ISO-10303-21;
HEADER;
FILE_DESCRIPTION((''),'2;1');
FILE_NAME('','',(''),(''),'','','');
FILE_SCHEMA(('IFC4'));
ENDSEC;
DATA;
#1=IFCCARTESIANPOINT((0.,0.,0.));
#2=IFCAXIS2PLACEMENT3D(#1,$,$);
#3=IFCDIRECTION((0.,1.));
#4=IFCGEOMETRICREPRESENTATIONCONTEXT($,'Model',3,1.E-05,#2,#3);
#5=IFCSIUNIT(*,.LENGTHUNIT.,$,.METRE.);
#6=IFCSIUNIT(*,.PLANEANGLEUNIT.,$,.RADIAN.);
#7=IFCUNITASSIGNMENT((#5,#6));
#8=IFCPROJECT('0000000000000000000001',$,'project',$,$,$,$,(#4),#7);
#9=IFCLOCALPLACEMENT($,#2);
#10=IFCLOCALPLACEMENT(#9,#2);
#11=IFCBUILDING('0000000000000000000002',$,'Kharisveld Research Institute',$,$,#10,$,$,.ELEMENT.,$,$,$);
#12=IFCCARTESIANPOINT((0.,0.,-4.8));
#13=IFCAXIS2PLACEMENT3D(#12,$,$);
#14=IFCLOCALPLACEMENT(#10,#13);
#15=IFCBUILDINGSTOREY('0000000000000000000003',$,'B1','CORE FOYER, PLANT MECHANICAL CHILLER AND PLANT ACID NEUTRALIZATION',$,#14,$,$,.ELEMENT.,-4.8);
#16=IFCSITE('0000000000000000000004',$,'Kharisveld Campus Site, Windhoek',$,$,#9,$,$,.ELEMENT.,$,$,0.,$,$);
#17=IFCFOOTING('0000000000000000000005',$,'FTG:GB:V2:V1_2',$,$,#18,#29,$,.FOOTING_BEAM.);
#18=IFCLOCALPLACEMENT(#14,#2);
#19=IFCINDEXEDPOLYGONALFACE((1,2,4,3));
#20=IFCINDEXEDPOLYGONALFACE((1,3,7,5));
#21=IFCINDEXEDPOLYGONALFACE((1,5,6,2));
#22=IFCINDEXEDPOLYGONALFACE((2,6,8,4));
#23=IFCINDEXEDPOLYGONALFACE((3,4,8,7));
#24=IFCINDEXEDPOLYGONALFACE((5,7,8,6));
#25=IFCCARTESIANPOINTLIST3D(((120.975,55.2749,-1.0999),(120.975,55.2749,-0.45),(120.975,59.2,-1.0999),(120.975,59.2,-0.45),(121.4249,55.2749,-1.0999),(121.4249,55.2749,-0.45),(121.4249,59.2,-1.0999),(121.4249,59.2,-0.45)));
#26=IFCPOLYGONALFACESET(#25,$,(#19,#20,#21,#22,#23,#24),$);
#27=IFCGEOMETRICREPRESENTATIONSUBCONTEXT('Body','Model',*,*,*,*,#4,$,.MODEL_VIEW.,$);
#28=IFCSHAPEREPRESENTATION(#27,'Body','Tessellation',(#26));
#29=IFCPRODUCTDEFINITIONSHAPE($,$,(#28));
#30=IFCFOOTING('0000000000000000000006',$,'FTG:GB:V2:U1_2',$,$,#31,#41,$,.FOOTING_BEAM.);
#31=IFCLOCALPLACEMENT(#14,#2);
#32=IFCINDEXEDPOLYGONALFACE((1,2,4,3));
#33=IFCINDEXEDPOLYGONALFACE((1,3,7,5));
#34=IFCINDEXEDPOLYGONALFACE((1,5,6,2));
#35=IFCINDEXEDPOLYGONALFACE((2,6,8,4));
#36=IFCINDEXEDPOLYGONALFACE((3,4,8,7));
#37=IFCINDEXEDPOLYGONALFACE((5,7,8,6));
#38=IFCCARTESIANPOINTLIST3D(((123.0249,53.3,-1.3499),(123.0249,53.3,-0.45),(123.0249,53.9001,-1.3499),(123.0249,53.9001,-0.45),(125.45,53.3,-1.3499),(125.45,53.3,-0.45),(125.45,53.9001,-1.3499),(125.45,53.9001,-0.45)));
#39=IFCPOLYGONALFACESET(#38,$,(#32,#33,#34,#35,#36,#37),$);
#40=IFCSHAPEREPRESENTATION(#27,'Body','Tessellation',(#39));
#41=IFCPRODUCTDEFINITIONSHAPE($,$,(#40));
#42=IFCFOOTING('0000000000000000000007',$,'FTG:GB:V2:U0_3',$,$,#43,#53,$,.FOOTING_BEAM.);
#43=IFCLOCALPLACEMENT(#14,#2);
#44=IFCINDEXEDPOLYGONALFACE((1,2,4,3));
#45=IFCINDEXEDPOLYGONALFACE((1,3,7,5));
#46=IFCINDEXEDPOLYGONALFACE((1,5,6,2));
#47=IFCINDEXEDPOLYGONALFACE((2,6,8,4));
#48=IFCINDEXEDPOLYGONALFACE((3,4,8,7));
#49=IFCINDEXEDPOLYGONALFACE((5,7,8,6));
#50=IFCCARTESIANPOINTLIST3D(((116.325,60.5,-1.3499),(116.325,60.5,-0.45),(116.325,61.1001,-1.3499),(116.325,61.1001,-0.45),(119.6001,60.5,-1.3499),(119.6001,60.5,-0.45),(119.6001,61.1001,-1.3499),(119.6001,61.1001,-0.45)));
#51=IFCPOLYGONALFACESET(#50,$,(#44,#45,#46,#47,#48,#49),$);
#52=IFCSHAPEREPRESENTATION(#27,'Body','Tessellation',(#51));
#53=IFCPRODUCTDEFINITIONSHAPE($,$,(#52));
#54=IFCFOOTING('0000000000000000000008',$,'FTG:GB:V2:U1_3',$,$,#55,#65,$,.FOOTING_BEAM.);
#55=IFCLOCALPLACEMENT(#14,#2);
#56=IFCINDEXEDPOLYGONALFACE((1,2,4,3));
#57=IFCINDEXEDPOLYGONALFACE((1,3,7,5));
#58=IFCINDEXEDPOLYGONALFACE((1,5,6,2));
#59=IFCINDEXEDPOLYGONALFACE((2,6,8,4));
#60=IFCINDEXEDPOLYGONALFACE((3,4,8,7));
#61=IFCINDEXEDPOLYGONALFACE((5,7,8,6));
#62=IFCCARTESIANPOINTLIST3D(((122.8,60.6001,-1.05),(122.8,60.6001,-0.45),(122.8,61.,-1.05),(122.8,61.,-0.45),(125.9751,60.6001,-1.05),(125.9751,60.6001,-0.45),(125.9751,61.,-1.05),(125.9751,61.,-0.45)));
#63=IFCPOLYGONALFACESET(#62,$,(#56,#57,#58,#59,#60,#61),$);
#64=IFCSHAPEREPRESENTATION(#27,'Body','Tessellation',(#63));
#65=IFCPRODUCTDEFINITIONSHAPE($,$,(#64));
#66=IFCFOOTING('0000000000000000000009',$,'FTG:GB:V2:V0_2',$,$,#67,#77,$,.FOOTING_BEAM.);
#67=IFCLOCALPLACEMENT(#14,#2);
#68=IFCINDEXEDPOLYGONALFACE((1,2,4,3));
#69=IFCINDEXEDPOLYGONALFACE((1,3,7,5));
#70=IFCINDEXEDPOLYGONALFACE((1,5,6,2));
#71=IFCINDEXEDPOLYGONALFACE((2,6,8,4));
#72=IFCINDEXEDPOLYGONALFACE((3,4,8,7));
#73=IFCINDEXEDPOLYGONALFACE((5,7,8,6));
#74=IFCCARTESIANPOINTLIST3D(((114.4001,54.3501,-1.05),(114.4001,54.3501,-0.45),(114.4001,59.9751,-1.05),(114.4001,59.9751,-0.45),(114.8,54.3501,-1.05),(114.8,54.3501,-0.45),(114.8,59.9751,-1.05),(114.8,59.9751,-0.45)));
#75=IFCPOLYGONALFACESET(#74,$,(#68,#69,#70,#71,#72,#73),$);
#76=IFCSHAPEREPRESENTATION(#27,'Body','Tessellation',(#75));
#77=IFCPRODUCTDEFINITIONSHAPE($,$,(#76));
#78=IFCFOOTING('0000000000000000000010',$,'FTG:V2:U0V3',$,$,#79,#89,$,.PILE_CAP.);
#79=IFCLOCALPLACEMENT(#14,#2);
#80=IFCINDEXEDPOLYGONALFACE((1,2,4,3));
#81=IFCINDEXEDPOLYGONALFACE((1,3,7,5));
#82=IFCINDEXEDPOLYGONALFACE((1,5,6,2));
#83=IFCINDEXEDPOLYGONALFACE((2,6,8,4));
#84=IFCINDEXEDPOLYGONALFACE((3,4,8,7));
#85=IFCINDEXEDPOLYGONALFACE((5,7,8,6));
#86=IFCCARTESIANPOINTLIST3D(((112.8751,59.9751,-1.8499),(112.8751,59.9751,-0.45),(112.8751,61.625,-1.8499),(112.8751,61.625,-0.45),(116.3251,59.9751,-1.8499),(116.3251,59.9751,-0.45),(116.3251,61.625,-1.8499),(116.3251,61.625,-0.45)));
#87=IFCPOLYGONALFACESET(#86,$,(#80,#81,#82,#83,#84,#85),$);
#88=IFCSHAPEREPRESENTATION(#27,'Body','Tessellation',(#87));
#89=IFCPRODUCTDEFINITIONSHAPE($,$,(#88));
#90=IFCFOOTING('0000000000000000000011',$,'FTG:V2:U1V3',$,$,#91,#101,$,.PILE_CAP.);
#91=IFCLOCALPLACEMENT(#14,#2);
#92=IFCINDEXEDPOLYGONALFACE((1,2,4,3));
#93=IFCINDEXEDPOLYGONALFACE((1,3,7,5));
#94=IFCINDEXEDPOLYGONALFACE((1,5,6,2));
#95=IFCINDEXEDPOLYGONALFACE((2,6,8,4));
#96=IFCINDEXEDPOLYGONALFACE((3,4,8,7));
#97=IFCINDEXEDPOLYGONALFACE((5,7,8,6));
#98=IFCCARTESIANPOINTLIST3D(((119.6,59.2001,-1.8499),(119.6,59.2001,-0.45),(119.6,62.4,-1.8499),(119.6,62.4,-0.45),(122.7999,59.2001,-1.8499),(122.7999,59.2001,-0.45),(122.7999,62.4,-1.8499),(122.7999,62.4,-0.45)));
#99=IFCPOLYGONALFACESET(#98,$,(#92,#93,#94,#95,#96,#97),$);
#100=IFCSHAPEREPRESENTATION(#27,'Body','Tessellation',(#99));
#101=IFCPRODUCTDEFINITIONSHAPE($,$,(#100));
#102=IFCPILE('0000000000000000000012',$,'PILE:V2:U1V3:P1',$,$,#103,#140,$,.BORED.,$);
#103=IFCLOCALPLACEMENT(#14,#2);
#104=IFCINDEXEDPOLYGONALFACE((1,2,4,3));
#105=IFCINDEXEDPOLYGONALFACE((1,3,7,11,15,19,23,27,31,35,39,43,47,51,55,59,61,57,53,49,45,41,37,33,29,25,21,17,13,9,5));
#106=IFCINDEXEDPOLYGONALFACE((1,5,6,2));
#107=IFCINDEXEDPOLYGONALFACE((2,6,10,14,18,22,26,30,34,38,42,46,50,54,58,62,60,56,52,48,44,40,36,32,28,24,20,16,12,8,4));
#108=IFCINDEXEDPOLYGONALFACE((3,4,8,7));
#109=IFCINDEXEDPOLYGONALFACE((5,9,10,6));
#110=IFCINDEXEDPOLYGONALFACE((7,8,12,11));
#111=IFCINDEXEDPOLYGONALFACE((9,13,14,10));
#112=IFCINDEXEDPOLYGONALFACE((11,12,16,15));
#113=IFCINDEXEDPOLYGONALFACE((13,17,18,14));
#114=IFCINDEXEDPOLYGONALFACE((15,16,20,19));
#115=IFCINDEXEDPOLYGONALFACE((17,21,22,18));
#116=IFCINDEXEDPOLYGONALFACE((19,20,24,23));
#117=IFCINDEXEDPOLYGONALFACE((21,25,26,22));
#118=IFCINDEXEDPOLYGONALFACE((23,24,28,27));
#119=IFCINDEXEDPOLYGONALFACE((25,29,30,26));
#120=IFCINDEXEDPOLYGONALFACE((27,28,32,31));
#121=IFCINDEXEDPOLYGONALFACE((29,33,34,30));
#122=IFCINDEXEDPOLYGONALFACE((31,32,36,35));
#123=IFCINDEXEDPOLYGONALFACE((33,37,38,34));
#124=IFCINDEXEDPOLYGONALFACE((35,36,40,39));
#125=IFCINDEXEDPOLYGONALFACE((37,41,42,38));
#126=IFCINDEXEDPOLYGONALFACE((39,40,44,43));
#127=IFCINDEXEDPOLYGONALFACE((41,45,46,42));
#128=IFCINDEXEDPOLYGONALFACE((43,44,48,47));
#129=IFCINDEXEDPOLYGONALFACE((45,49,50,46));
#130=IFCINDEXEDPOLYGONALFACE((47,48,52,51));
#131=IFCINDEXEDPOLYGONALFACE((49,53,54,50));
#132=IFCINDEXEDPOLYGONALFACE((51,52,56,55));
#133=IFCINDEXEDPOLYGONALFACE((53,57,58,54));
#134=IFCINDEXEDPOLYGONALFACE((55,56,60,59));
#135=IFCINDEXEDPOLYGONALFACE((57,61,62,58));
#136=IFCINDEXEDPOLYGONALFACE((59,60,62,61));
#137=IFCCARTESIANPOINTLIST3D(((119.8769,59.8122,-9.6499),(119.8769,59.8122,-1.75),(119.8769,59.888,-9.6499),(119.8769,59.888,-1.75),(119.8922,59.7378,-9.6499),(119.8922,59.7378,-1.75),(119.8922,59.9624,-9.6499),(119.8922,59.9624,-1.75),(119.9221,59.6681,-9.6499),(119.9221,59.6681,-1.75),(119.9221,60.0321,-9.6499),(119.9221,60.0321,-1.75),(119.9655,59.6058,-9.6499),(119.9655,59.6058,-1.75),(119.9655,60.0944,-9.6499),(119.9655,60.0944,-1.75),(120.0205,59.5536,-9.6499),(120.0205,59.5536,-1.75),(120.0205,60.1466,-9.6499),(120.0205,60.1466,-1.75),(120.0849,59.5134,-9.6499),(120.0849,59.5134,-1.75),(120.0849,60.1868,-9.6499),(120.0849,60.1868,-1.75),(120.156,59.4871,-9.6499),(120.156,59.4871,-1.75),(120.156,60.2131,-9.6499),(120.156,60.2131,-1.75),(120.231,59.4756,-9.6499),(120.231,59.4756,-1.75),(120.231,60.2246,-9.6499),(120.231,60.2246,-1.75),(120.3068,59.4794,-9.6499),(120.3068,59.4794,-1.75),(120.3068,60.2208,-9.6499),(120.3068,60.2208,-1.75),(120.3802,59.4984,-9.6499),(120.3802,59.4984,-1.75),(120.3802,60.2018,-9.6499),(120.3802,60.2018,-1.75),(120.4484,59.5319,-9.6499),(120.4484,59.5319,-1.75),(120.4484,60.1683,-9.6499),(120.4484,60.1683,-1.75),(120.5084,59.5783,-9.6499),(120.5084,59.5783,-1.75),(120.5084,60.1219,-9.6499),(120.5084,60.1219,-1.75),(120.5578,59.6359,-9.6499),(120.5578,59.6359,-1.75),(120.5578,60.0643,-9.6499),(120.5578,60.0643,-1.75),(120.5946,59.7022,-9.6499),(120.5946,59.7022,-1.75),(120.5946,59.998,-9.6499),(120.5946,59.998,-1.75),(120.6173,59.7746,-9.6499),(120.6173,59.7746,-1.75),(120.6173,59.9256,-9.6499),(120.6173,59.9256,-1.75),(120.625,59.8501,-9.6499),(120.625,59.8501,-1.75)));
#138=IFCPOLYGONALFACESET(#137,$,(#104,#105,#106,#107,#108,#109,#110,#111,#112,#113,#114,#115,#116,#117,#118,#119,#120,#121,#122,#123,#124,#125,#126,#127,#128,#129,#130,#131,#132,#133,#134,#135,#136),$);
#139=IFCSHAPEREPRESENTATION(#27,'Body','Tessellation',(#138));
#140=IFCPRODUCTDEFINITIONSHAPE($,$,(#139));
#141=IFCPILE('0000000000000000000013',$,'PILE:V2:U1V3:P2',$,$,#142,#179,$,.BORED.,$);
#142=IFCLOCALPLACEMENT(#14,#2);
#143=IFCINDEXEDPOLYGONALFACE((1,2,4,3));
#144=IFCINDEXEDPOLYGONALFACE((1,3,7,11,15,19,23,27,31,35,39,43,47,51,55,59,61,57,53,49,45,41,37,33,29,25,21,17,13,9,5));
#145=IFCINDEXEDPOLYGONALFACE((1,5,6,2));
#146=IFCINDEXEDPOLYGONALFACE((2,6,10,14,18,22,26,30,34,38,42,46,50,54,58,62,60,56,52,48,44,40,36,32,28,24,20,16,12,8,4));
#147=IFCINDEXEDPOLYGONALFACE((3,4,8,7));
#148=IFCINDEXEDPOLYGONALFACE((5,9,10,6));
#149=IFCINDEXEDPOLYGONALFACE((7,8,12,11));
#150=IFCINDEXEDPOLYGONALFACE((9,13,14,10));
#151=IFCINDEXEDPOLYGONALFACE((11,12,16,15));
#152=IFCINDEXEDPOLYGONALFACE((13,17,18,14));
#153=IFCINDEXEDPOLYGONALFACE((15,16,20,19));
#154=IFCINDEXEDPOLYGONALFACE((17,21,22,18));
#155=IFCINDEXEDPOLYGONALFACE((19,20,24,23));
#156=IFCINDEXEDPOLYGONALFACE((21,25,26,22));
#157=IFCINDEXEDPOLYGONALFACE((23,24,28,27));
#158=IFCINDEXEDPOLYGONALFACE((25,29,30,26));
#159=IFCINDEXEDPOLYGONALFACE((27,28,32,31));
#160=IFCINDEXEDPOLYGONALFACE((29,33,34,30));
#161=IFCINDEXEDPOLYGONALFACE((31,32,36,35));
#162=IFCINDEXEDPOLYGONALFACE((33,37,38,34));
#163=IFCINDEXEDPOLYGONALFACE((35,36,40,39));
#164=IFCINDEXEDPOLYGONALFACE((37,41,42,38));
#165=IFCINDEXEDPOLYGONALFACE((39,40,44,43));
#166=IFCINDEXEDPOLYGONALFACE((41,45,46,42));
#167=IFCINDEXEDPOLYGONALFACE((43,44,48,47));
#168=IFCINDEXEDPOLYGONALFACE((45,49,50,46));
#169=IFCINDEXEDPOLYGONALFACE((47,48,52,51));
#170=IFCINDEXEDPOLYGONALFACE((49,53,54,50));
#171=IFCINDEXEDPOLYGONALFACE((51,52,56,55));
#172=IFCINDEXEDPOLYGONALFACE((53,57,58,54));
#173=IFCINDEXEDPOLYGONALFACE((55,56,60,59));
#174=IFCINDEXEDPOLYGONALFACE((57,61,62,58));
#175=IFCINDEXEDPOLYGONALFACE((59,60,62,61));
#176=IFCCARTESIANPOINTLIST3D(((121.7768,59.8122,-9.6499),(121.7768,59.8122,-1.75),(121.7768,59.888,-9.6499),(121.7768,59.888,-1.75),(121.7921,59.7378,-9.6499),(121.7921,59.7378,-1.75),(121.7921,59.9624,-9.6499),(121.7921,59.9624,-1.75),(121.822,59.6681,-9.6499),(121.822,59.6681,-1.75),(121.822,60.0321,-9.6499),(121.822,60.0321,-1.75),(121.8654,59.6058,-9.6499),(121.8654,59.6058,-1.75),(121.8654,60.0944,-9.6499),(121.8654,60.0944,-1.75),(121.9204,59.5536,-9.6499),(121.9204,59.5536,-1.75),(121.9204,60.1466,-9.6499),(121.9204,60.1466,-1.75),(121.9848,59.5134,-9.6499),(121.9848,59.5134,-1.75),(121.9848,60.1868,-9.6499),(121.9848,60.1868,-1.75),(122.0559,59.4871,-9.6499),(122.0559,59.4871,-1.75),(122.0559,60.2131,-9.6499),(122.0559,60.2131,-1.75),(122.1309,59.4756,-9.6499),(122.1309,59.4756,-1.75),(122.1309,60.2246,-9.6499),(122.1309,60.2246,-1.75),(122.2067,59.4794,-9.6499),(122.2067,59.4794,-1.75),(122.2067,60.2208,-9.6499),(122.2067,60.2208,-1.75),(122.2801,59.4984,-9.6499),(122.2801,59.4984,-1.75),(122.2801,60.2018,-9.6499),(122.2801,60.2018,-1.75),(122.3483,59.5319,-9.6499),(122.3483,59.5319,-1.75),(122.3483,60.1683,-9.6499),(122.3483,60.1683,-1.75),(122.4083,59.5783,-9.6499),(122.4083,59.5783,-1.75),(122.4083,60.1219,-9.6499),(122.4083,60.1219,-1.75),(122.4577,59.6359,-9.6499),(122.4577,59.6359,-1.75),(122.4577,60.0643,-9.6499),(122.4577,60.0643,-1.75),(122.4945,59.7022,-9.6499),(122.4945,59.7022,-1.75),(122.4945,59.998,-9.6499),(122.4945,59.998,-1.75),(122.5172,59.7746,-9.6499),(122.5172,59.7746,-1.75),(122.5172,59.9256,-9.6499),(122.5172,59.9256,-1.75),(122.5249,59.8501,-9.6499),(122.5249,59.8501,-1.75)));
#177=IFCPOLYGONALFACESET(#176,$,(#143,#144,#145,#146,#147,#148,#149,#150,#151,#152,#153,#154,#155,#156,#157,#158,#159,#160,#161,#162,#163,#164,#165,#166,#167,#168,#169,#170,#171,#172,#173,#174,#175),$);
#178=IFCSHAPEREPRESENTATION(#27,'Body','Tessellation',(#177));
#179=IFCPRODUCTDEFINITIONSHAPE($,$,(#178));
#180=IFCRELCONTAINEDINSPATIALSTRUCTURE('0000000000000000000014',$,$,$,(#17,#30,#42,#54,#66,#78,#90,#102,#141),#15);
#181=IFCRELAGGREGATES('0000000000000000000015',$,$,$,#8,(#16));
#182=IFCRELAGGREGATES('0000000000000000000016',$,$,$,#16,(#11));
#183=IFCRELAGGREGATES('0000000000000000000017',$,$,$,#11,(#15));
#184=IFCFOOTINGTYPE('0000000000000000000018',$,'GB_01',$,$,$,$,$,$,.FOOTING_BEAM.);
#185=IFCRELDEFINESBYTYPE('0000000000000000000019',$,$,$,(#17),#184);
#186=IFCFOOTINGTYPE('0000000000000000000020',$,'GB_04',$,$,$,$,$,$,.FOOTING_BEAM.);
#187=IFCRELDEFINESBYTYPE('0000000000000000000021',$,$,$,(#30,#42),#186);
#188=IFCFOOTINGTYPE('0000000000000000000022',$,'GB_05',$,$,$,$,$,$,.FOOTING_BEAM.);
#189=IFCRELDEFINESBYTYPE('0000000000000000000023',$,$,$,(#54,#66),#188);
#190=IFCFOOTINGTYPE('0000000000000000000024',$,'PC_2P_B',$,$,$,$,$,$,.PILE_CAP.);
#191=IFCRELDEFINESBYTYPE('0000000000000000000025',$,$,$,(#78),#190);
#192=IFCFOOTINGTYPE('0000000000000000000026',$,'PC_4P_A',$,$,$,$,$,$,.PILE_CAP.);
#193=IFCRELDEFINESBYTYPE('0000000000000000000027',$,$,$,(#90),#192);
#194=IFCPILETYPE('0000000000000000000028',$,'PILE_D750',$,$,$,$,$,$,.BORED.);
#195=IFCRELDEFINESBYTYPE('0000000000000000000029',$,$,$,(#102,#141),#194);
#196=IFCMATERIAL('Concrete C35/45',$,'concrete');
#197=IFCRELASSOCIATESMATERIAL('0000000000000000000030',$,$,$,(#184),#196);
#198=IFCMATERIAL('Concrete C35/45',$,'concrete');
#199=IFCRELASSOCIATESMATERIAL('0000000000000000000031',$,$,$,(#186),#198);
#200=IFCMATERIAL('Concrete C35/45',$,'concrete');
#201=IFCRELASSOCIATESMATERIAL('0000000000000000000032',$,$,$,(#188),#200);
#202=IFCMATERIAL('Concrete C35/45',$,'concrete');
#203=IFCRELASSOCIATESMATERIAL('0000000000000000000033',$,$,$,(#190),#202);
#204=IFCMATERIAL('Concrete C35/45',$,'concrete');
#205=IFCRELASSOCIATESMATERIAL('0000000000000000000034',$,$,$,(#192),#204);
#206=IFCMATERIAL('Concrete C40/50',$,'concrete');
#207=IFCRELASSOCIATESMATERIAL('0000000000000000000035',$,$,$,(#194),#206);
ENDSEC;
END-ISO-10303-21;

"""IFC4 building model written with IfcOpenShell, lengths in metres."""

from ifc_helpers import new_model, si_unit, direction, frame, origin, origin_2d, place, context, subcontext, project, spatial, rectangle, circle, extrude, material, material_profile, profile_set, type_object, element, save


model = new_model("IFC4")

# Units and contexts
model_context = context("Model", 3, precision=1e-05, world=origin(), true_north=direction((0.0, 1.0)))
body_context = subcontext(model_context, "Body", "Model", "MODEL_VIEW")
ifc_project = project(units=[si_unit("LENGTHUNIT", "METRE"), si_unit("PLANEANGLEUNIT", "RADIAN")], contexts=[model_context])

# Site, building, storey
site_placement = place(None, origin())
site = spatial("IfcSite", under=ifc_project, at=site_placement, Name="Kharisveld Campus Site, Windhoek", CompositionType="ELEMENT", RefElevation=0.0)
building_placement = place(site_placement, origin())
building = spatial("IfcBuilding", under=site, at=building_placement, Name="Kharisveld Research Institute", CompositionType="ELEMENT")
storey_placement = place(building_placement, frame((0.0, 0.0, -4.8)))
storey = spatial("IfcBuildingStorey", under=building, at=storey_placement, Name="B1", Description="CORE FOYER, PLANT MECHANICAL CHILLER AND PLANT ACID NEUTRALIZATION", CompositionType="ELEMENT", Elevation=-4.8)

# Footings
ifc_material_1 = material(Name="Concrete C35/45", Category="concrete")
ifc_material_profile_1 = material_profile(ifc_material_1, rectangle(XDim=0.45, YDim=0.6499, at=origin_2d()))
ifc_profile_set_1 = profile_set([ifc_material_profile_1], Name="Concrete C35/45")
footing_type_1 = type_object("IfcFootingType", Name="GB_01", PredefinedType="FOOTING_BEAM", material=ifc_profile_set_1)
footing_1_placement = place(storey_placement, frame((121.2, 55.2749, -0.7749), z_axis=(0.0, 1.0, 0.0), x_axis=(-1.0, 0.0, 0.0)))
element("IfcFooting", 1, at=footing_1_placement, inside=storey, type_object=footing_type_1, Name="FTG:GB:V2:V1_2", PredefinedType="FOOTING_BEAM", context=body_context, shape_type="SweptSolid", body=[
    extrude(rectangle(XDim=0.45, YDim=0.6499, at=origin_2d()), origin(), (0.0, 0.0, 1.0), 3.925),
])
ifc_material_2 = material(Name="Concrete C35/45", Category="concrete")
ifc_material_profile_2 = material_profile(ifc_material_2, rectangle(XDim=0.6001, YDim=0.8999, at=origin_2d()))
ifc_profile_set_2 = profile_set([ifc_material_profile_2], Name="Concrete C35/45")
footing_type_2 = type_object("IfcFootingType", Name="GB_04", PredefinedType="FOOTING_BEAM", material=ifc_profile_set_2)
footing_2_placement = place(storey_placement, frame((123.0249, 53.6001, -0.8999), z_axis=(1.0, 0.0, 0.0), x_axis=(0.0, 1.0, 0.0)))
element("IfcFooting", 2, at=footing_2_placement, inside=storey, type_object=footing_type_2, Name="FTG:GB:V2:U1_2", PredefinedType="FOOTING_BEAM", context=body_context, shape_type="SweptSolid", body=[
    extrude(rectangle(XDim=0.6001, YDim=0.8999, at=origin_2d()), origin(), (0.0, 0.0, 1.0), 2.425),
])
footing_3_placement = place(storey_placement, frame((116.325, 60.8, -0.8999), z_axis=(1.0, 0.0, 0.0), x_axis=(0.0, 1.0, 0.0)))
element("IfcFooting", 3, at=footing_3_placement, inside=storey, type_object=footing_type_2, Name="FTG:GB:V2:U0_3", PredefinedType="FOOTING_BEAM", context=body_context, shape_type="SweptSolid", body=[
    extrude(rectangle(XDim=0.6001, YDim=0.8999, at=origin_2d()), origin(), (0.0, 0.0, 1.0), 3.2751),
])
ifc_material_3 = material(Name="Concrete C35/45", Category="concrete")
ifc_material_profile_3 = material_profile(ifc_material_3, rectangle(XDim=0.3999, YDim=0.6001, at=origin_2d()))
ifc_profile_set_3 = profile_set([ifc_material_profile_3], Name="Concrete C35/45")
footing_type_3 = type_object("IfcFootingType", Name="GB_05", PredefinedType="FOOTING_BEAM", material=ifc_profile_set_3)
footing_4_placement = place(storey_placement, frame((122.8, 60.8, -0.75), z_axis=(1.0, 0.0, 0.0), x_axis=(0.0, 1.0, 0.0)))
element("IfcFooting", 4, at=footing_4_placement, inside=storey, type_object=footing_type_3, Name="FTG:GB:V2:U1_3", PredefinedType="FOOTING_BEAM", context=body_context, shape_type="SweptSolid", body=[
    extrude(rectangle(XDim=0.3999, YDim=0.6001, at=origin_2d()), origin(), (0.0, 0.0, 1.0), 3.175),
])
footing_5_placement = place(storey_placement, frame((114.6001, 54.3501, -0.75), z_axis=(0.0, 1.0, 0.0), x_axis=(-1.0, 0.0, 0.0)))
element("IfcFooting", 5, at=footing_5_placement, inside=storey, type_object=footing_type_3, Name="FTG:GB:V2:V0_2", PredefinedType="FOOTING_BEAM", context=body_context, shape_type="SweptSolid", body=[
    extrude(rectangle(XDim=0.3999, YDim=0.6001, at=origin_2d()), origin(), (0.0, 0.0, 1.0), 5.625),
])
ifc_material_4 = material(Name="Concrete C35/45", Category="concrete")
footing_type_4 = type_object("IfcFootingType", Name="PC_2P_B", PredefinedType="PILE_CAP", material=ifc_material_4)
footing_6_placement = place(storey_placement, frame((114.6001, 60.8, -1.8499), z_axis=(0.0, 0.0, 1.0), x_axis=(1.0, 0.0, 0.0)))
element("IfcFooting", 6, at=footing_6_placement, inside=storey, type_object=footing_type_4, Name="FTG:V2:U0V3", PredefinedType="PILE_CAP", context=body_context, shape_type="SweptSolid", body=[
    extrude(rectangle(XDim=3.45, YDim=1.6499, at=origin_2d()), origin(), (0.0, 0.0, 1.0), 1.3999),
])
ifc_material_5 = material(Name="Concrete C35/45", Category="concrete")
footing_type_5 = type_object("IfcFootingType", Name="PC_4P_A", PredefinedType="PILE_CAP", material=ifc_material_5)
footing_7_placement = place(storey_placement, frame((121.2, 60.8, -1.8499), z_axis=(0.0, 0.0, 1.0), x_axis=(1.0, 0.0, 0.0)))
element("IfcFooting", 7, at=footing_7_placement, inside=storey, type_object=footing_type_5, Name="FTG:V2:U1V3", PredefinedType="PILE_CAP", context=body_context, shape_type="SweptSolid", body=[
    extrude(rectangle(XDim=3.2, YDim=3.2, at=origin_2d()), origin(), (0.0, 0.0, 1.0), 1.3999),
])

# Piles
ifc_material_6 = material(Name="Concrete C40/50", Category="concrete")
ifc_material_profile_4 = material_profile(ifc_material_6, circle(Radius=0.375, at=origin_2d()))
ifc_profile_set_4 = profile_set([ifc_material_profile_4], Name="Concrete C40/50")
pile_type_1 = type_object("IfcPileType", Name="PILE_D750", PredefinedType="BORED", material=ifc_profile_set_4)
for number, where, z_axis, x_axis, name in (
    (8, (120.25, 59.8501, -1.75), (0.0, 0.0, -1.0), (1.0, 0.0, 0.0), "PILE:V2:U1V3:P1"),
    (9, (122.1499, 59.8501, -1.75), (0.0, 0.0, -1.0), (1.0, 0.0, 0.0), "PILE:V2:U1V3:P2"),
):
    element("IfcPile", number, at=place(storey_placement, frame(where, z_axis=z_axis, x_axis=x_axis)), inside=storey, type_object=pile_type_1, Name=name, PredefinedType="BORED", context=body_context, shape_type="SweptSolid", body=[
        extrude(circle(Radius=0.375, at=origin_2d()), origin(), (0.0, 0.0, 1.0), 7.8999),
    ])

save(model, "model.ifc")
